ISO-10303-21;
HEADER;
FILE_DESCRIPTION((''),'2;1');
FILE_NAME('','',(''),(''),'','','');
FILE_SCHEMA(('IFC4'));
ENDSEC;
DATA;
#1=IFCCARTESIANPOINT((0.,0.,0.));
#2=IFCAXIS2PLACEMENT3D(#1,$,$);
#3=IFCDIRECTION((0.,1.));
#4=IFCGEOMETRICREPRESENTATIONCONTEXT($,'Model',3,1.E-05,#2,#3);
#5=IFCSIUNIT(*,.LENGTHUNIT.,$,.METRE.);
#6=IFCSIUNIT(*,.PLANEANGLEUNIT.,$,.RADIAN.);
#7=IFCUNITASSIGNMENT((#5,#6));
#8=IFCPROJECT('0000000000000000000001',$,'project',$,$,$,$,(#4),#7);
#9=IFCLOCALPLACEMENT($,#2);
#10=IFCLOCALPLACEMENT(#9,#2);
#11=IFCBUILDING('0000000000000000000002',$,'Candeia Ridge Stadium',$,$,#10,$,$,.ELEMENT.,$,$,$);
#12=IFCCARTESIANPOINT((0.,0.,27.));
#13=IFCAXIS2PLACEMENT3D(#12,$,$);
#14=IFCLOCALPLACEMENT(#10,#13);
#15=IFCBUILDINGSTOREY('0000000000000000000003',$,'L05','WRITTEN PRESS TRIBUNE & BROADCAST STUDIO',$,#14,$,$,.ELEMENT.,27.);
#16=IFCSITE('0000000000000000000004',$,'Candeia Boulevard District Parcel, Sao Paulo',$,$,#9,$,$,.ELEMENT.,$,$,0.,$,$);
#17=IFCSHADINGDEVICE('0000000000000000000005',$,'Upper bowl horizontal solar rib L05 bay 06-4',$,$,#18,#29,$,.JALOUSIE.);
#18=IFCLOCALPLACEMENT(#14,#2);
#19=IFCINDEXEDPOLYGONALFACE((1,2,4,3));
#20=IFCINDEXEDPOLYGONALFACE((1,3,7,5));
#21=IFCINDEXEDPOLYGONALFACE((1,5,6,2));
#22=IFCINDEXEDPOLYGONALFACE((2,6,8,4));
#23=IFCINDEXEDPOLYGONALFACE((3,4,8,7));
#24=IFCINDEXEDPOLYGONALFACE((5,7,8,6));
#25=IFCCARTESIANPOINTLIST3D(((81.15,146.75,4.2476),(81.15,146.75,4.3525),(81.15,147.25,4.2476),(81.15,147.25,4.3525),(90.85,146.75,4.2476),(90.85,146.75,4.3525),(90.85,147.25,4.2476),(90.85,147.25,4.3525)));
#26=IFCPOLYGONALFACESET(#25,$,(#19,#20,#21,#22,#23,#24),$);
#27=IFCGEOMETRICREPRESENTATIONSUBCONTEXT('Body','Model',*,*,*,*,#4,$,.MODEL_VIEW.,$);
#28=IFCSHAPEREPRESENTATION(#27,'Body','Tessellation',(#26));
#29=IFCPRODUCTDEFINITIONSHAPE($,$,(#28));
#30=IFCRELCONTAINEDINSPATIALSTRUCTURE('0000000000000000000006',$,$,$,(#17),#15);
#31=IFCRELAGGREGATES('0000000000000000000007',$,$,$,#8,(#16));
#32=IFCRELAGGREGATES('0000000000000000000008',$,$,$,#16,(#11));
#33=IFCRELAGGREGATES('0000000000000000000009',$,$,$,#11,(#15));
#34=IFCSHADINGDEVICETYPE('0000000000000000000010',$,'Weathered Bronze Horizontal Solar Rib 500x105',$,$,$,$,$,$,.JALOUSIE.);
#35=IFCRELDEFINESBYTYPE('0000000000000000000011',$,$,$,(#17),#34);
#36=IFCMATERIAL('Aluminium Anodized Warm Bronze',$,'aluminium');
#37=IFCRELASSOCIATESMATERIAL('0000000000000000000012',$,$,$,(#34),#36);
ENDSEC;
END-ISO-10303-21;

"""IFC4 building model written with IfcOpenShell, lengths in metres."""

from ifc_helpers import new_model, si_unit, direction, frame, origin, origin_2d, place, context, subcontext, project, spatial, rectangle, extrude, material, type_object, element, save


model = new_model("IFC4")

# Units and contexts
model_context = context("Model", 3, precision=1e-05, world=origin(), true_north=direction((0.0, 1.0)))
body_context = subcontext(model_context, "Body", "Model", "MODEL_VIEW")
ifc_project = project(units=[si_unit("LENGTHUNIT", "METRE"), si_unit("PLANEANGLEUNIT", "RADIAN")], contexts=[model_context])

# Site, building, storey
site_placement = place(None, origin())
site = spatial("IfcSite", under=ifc_project, at=site_placement, Name="Candeia Boulevard District Parcel, Sao Paulo", CompositionType="ELEMENT", RefElevation=0.0)
building_placement = place(site_placement, origin())
building = spatial("IfcBuilding", under=site, at=building_placement, Name="Candeia Ridge Stadium", CompositionType="ELEMENT")
storey_placement = place(building_placement, frame((0.0, 0.0, 27.0)))
storey = spatial("IfcBuildingStorey", under=building, at=storey_placement, Name="L05", Description="WRITTEN PRESS TRIBUNE & BROADCAST STUDIO", CompositionType="ELEMENT", Elevation=27.0)

# Shading device
ifc_material_1 = material(Name="Aluminium Anodized Warm Bronze", Category="aluminium")
shading_device_type_1 = type_object("IfcShadingDeviceType", Name="Weathered Bronze Horizontal Solar Rib 500x105", PredefinedType="JALOUSIE", material=ifc_material_1)
for number, where, z_axis, x_axis, name in (
    (1, (86.0, 147.0, 4.2476), (0.0, 0.0, 1.0), (-1.0, 0.0, 0.0), "Upper bowl horizontal solar rib L05 bay 06-4"),
):
    element("IfcShadingDevice", number, at=place(storey_placement, frame(where, z_axis=z_axis, x_axis=x_axis)), inside=storey, type_object=shading_device_type_1, Name=name, PredefinedType="JALOUSIE", context=body_context, shape_type="SweptSolid", body=[
        extrude(rectangle(XDim=9.7, YDim=0.5, at=origin_2d()), origin(), (0.0, 0.0, 1.0), 0.105),
    ])

save(model, "model.ifc")
